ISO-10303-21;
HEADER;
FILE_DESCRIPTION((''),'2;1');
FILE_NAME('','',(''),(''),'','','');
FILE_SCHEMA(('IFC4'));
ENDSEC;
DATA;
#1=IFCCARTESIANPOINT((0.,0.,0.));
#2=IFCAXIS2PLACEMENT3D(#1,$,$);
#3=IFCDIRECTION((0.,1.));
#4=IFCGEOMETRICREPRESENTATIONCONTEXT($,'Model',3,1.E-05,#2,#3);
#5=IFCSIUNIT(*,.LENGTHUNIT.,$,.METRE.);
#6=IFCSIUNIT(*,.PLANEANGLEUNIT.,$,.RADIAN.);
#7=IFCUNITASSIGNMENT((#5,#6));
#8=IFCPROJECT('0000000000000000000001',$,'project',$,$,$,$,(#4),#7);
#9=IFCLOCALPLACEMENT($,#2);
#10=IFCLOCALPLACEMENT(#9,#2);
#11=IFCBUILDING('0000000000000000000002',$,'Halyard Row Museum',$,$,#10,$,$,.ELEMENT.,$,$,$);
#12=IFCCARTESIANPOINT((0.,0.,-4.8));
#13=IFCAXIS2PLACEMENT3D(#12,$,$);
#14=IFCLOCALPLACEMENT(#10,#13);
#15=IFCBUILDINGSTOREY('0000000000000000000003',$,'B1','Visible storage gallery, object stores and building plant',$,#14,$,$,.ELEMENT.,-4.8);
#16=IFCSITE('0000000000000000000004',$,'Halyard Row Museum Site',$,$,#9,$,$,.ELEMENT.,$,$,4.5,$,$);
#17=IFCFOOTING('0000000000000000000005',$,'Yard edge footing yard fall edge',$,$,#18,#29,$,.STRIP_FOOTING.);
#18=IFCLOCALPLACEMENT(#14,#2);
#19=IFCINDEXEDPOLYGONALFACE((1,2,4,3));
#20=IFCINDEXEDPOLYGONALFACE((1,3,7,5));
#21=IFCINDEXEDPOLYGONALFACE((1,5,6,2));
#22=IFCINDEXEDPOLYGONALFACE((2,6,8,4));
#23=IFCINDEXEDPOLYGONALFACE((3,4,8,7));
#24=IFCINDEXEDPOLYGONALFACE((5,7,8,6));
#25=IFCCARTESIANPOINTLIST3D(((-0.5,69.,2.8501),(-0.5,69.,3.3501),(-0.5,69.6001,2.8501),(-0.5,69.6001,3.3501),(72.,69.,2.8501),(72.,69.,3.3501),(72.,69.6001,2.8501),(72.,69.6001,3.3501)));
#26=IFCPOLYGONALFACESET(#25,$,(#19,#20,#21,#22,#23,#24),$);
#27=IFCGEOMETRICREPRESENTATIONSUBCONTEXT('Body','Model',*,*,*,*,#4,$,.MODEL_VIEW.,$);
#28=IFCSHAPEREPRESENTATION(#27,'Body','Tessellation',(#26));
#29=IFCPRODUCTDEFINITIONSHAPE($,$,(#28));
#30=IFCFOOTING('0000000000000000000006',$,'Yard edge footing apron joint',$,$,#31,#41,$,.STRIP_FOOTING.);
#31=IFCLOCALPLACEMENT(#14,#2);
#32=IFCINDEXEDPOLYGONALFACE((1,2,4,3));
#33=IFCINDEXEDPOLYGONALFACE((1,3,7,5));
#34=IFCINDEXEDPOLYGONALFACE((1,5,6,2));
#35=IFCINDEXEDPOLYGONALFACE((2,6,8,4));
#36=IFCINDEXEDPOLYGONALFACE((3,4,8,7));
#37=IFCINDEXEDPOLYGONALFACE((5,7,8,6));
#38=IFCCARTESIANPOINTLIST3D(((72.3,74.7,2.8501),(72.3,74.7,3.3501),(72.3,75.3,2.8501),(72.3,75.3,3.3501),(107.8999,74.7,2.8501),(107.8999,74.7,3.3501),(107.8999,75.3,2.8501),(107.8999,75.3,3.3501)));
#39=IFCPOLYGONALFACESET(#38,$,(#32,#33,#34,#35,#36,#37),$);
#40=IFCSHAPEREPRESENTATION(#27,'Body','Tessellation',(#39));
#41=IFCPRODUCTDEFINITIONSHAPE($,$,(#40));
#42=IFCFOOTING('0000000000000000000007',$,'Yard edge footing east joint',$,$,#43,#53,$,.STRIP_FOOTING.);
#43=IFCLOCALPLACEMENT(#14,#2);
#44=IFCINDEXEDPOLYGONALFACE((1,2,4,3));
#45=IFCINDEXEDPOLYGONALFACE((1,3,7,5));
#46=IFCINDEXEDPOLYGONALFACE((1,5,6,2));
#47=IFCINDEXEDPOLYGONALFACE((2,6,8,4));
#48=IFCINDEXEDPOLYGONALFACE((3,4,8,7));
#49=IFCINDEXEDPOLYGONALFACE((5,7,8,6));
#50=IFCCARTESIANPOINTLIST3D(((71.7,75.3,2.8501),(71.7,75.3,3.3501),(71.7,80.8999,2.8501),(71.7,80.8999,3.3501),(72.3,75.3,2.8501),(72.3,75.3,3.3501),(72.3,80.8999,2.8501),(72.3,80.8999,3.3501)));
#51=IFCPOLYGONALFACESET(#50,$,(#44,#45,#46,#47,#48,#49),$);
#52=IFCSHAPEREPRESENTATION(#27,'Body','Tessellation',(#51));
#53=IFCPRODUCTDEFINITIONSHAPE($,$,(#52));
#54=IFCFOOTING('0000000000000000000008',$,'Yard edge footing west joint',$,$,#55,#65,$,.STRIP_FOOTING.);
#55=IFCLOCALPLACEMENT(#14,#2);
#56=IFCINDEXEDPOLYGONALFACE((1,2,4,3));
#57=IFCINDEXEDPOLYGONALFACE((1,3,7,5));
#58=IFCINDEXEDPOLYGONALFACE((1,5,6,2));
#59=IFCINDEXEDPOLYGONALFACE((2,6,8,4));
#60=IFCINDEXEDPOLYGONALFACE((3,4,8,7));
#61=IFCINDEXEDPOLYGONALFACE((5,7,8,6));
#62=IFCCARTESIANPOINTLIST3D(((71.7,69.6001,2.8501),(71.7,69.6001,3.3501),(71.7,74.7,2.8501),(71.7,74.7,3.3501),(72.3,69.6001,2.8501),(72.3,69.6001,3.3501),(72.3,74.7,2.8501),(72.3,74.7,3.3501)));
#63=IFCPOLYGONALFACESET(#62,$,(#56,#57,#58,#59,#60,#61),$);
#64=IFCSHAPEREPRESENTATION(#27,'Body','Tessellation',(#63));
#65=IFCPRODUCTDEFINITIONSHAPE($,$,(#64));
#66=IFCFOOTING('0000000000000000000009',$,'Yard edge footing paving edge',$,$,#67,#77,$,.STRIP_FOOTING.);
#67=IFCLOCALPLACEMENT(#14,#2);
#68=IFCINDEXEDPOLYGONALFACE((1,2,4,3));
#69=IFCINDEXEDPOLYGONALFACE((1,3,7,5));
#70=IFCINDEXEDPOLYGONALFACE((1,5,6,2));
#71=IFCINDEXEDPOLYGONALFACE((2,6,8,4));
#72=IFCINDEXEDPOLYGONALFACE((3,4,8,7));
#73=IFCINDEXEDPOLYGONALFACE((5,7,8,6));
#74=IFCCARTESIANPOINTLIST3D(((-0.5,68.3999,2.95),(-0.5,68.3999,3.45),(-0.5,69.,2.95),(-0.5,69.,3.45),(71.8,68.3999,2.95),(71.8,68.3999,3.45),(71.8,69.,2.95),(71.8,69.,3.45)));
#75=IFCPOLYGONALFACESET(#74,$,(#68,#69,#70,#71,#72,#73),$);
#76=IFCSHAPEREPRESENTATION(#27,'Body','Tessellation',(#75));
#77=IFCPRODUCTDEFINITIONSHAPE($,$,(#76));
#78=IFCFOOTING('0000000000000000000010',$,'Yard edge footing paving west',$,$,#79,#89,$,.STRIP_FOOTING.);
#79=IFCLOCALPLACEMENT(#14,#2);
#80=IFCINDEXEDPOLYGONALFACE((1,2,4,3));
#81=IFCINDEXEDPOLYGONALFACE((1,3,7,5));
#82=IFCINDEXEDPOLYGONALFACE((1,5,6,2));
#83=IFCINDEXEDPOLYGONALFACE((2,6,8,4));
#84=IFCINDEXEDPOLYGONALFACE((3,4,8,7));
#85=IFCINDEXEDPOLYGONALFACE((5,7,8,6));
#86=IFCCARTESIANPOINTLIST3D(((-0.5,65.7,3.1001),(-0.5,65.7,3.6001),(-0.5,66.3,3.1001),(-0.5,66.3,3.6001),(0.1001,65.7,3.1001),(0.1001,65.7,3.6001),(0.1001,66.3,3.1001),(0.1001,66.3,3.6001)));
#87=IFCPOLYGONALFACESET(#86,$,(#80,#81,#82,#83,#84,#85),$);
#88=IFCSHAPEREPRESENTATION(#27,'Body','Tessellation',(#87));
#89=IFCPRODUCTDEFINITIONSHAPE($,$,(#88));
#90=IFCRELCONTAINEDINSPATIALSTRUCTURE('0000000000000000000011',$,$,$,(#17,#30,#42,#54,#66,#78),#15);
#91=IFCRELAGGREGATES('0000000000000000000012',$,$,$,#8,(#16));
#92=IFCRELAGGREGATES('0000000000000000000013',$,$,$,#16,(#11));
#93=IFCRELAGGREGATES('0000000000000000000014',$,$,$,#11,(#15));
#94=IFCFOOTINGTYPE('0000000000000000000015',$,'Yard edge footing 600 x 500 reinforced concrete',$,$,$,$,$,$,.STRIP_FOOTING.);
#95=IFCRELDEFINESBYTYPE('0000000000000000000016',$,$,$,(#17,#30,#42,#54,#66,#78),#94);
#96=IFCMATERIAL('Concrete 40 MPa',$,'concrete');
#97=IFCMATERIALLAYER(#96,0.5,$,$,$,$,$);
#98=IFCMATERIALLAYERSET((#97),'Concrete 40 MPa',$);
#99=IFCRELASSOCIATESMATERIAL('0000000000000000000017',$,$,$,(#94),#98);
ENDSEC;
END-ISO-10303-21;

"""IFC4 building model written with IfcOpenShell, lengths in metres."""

from ifc_helpers import new_model, si_unit, direction, frame, origin, place, context, subcontext, project, spatial, polyline, outline, extrude, material, layer, layer_set, type_object, element, save


model = new_model("IFC4")

# Units and contexts
model_context = context("Model", 3, precision=1e-05, world=origin(), true_north=direction((0.0, 1.0)))
body_context = subcontext(model_context, "Body", "Model", "MODEL_VIEW")
ifc_project = project(units=[si_unit("LENGTHUNIT", "METRE"), si_unit("PLANEANGLEUNIT", "RADIAN")], contexts=[model_context])

# Site, building, storey
site_placement = place(None, origin())
site = spatial("IfcSite", under=ifc_project, at=site_placement, Name="Halyard Row Museum Site", CompositionType="ELEMENT", RefElevation=4.5)
building_placement = place(site_placement, origin())
building = spatial("IfcBuilding", under=site, at=building_placement, Name="Halyard Row Museum", CompositionType="ELEMENT")
storey_placement = place(building_placement, frame((0.0, 0.0, -4.8)))
storey = spatial("IfcBuildingStorey", under=building, at=storey_placement, Name="B1", Description="Visible storage gallery, object stores and building plant", CompositionType="ELEMENT", Elevation=-4.8)

# Footings
ifc_material_1 = material(Name="Concrete 40 MPa", Category="concrete")
ifc_layer_1 = layer(ifc_material_1, 0.5)
ifc_layer_set_1 = layer_set([ifc_layer_1], Name="Concrete 40 MPa")
footing_type_1 = type_object("IfcFootingType", Name="Yard edge footing 600 x 500 reinforced concrete", PredefinedType="STRIP_FOOTING", material=ifc_layer_set_1)
footing_1_placement = place(storey_placement, frame((0.0, 0.0, 2.8501)))
element("IfcFooting", 1, at=footing_1_placement, inside=storey, type_object=footing_type_1, Name="Yard edge footing yard fall edge", PredefinedType="STRIP_FOOTING", context=body_context, shape_type="SweptSolid", body=[
    extrude(outline(polyline([(-0.5, 69.0), (72.0, 69.0), (72.0, 69.6001), (-0.5, 69.6001), (-0.5, 69.0)])), origin(), (0.0, 0.0, 1.0), 0.5),
])
footing_2_placement = place(storey_placement, frame((0.0, 0.0, 2.8501)))
element("IfcFooting", 2, at=footing_2_placement, inside=storey, type_object=footing_type_1, Name="Yard edge footing apron joint", PredefinedType="STRIP_FOOTING", context=body_context, shape_type="SweptSolid", body=[
    extrude(outline(polyline([(72.3, 74.7), (107.8999, 74.7), (107.8999, 75.3), (72.3, 75.3), (72.3, 74.7)])), origin(), (0.0, 0.0, 1.0), 0.5),
])
footing_3_placement = place(storey_placement, frame((0.0, 0.0, 2.8501)))
element("IfcFooting", 3, at=footing_3_placement, inside=storey, type_object=footing_type_1, Name="Yard edge footing east joint", PredefinedType="STRIP_FOOTING", context=body_context, shape_type="SweptSolid", body=[
    extrude(outline(polyline([(71.7, 75.3), (72.3, 75.3), (72.3, 80.8999), (71.7, 80.8999), (71.7, 75.3)])), origin(), (0.0, 0.0, 1.0), 0.5),
])
footing_4_placement = place(storey_placement, frame((0.0, 0.0, 2.8501)))
element("IfcFooting", 4, at=footing_4_placement, inside=storey, type_object=footing_type_1, Name="Yard edge footing west joint", PredefinedType="STRIP_FOOTING", context=body_context, shape_type="SweptSolid", body=[
    extrude(outline(polyline([(71.7, 69.6001), (72.3, 69.6001), (72.3, 74.7), (71.7, 74.7), (71.7, 69.6001)])), origin(), (0.0, 0.0, 1.0), 0.5),
])
footing_5_placement = place(storey_placement, frame((0.0, 0.0, 2.95)))
element("IfcFooting", 5, at=footing_5_placement, inside=storey, type_object=footing_type_1, Name="Yard edge footing paving edge", PredefinedType="STRIP_FOOTING", context=body_context, shape_type="SweptSolid", body=[
    extrude(outline(polyline([(-0.5, 68.3999), (71.8, 68.3999), (71.8, 69.0), (-0.5, 69.0), (-0.5, 68.3999)])), origin(), (0.0, 0.0, 1.0), 0.5),
])
footing_6_placement = place(storey_placement, frame((0.0, 0.0, 3.1001)))
element("IfcFooting", 6, at=footing_6_placement, inside=storey, type_object=footing_type_1, Name="Yard edge footing paving west", PredefinedType="STRIP_FOOTING", context=body_context, shape_type="SweptSolid", body=[
    extrude(outline(polyline([(-0.5, 65.7), (0.1001, 65.7), (0.1001, 66.3), (-0.5, 66.3), (-0.5, 65.7)])), origin(), (0.0, 0.0, 1.0), 0.5),
])

save(model, "model.ifc")
